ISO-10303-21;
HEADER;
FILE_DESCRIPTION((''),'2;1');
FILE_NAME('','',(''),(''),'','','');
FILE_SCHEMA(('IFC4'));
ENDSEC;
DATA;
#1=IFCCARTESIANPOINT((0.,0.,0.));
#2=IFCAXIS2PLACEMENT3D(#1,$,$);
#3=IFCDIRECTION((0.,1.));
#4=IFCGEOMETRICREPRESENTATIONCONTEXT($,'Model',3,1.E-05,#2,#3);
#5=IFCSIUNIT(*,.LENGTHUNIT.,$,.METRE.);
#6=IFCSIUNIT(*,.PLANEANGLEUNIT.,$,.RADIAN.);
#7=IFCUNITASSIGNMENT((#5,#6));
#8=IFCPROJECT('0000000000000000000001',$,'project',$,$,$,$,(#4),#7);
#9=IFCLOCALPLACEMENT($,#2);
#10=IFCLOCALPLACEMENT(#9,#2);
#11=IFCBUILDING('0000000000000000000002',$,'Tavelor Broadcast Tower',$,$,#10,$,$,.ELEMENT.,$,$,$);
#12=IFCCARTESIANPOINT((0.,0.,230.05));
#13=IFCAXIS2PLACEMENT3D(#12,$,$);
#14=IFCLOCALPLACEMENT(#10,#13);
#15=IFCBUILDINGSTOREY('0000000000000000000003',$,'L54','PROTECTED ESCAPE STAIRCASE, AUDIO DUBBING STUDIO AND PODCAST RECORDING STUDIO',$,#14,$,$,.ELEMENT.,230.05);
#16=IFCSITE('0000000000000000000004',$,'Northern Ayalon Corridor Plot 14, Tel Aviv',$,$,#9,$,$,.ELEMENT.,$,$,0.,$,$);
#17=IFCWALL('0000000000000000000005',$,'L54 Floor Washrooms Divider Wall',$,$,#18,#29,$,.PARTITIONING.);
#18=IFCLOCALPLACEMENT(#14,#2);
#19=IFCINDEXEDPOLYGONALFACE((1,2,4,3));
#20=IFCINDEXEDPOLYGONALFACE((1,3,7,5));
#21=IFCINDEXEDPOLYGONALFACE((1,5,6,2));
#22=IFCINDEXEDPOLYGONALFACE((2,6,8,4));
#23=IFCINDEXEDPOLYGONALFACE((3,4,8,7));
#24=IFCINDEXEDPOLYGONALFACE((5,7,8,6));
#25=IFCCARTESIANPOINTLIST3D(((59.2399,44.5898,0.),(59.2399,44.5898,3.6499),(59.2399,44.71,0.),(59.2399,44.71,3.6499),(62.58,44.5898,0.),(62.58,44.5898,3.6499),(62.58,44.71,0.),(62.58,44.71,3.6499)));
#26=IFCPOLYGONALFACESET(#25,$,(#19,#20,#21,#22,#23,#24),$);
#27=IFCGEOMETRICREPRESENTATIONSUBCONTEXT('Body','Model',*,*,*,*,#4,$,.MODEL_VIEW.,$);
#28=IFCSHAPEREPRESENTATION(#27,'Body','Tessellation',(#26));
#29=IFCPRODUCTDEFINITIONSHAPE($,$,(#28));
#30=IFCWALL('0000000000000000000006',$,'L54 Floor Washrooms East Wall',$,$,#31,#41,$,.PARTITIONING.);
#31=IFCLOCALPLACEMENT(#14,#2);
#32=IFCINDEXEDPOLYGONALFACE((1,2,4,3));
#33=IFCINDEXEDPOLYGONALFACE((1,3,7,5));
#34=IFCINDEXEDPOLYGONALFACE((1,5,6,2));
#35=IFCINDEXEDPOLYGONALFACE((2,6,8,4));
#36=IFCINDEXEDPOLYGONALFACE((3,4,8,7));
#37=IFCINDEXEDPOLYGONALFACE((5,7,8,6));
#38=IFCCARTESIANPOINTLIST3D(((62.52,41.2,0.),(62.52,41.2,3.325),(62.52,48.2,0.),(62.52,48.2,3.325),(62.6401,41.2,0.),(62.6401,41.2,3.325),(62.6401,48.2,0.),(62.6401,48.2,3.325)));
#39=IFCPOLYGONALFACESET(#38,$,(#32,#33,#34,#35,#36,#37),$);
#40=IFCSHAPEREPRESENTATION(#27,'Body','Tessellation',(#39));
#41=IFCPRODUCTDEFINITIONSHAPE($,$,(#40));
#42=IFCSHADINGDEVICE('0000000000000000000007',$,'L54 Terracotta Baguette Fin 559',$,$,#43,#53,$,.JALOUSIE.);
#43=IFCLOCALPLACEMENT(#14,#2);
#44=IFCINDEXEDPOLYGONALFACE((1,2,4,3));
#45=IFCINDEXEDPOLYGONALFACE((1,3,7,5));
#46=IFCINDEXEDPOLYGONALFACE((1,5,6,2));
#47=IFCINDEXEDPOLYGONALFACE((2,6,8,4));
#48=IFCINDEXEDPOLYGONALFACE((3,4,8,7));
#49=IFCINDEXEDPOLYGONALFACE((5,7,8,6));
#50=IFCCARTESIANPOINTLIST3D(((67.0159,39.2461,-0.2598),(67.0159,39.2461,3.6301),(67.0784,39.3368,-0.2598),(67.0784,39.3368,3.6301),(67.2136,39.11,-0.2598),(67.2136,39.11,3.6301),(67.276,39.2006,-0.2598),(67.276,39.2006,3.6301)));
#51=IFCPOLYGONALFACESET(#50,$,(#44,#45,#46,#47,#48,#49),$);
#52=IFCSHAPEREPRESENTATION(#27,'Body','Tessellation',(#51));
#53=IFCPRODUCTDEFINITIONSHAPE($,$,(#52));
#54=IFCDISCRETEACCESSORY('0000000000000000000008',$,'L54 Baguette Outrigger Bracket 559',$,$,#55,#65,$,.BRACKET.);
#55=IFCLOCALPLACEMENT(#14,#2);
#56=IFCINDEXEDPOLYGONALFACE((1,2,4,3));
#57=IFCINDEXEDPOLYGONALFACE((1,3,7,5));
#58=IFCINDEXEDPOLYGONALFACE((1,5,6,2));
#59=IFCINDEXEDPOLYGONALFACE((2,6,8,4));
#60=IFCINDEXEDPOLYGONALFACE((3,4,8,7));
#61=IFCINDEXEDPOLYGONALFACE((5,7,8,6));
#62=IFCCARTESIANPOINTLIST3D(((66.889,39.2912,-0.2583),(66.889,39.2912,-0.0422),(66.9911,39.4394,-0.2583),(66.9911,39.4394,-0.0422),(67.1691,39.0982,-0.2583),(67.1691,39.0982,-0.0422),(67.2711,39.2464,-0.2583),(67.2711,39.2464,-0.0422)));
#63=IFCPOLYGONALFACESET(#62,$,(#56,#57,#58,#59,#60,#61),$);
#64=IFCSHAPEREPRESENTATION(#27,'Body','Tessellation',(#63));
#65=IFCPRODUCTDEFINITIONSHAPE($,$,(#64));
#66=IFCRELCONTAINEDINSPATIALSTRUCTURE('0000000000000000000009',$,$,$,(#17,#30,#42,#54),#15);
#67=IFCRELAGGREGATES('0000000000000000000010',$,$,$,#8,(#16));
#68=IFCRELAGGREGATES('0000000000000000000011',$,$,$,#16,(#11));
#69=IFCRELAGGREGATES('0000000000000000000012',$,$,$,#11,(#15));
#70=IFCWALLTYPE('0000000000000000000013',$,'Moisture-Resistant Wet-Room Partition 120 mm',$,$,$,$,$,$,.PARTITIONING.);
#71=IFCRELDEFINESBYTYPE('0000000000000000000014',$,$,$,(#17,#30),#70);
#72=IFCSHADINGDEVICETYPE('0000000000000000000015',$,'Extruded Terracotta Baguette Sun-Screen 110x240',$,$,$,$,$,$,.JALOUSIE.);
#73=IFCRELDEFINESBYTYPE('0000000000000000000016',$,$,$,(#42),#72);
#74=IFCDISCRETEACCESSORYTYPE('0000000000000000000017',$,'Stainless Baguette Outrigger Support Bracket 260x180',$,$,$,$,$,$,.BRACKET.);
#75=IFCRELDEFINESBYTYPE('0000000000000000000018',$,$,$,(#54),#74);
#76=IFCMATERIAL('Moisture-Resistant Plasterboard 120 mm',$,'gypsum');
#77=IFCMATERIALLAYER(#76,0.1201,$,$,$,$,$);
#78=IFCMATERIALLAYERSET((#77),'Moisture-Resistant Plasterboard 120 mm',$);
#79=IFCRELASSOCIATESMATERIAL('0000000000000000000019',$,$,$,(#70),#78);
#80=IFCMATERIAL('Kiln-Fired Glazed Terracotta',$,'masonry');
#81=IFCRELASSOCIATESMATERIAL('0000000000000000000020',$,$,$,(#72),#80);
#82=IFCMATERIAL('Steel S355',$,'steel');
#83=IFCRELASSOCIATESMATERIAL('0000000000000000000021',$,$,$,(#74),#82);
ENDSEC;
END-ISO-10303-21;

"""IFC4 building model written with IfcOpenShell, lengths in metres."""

from ifc_helpers import new_model, si_unit, direction, frame, frame_2d, origin, origin_2d, place, context, subcontext, project, spatial, rectangle, extrude, source, transform, mapped, material, layer, layer_set, type_object, type_shapes, element, save


model = new_model("IFC4")

# Units and contexts
model_context = context("Model", 3, precision=1e-05, world=origin(), true_north=direction((0.0, 1.0)))
body_context = subcontext(model_context, "Body", "Model", "MODEL_VIEW")
ifc_project = project(units=[si_unit("LENGTHUNIT", "METRE"), si_unit("PLANEANGLEUNIT", "RADIAN")], contexts=[model_context])

# Site, building, storey
site_placement = place(None, origin())
site = spatial("IfcSite", under=ifc_project, at=site_placement, Name="Northern Ayalon Corridor Plot 14, Tel Aviv", CompositionType="ELEMENT", RefElevation=0.0)
building_placement = place(site_placement, origin())
building = spatial("IfcBuilding", under=site, at=building_placement, Name="Tavelor Broadcast Tower", CompositionType="ELEMENT")
storey_placement = place(building_placement, frame((0.0, 0.0, 230.05)))
storey = spatial("IfcBuildingStorey", under=building, at=storey_placement, Name="L54", Description="PROTECTED ESCAPE STAIRCASE, AUDIO DUBBING STUDIO AND PODCAST RECORDING STUDIO", CompositionType="ELEMENT", Elevation=230.05)

# Shared definitions
ifc_material_1 = material(Name="Steel S355", Category="steel")

# Shared definitions
ifc_material_2 = material(Name="Moisture-Resistant Plasterboard 120 mm", Category="gypsum")
ifc_layer_1 = layer(ifc_material_2, 0.1201)
ifc_layer_set_1 = layer_set([ifc_layer_1], Name="Moisture-Resistant Plasterboard 120 mm")
wall_type_1 = type_object("IfcWallType", Name="Moisture-Resistant Wet-Room Partition 120 mm", PredefinedType="PARTITIONING", material=ifc_layer_set_1)

# Walls
wall_1_placement = place(storey_placement, frame((59.24, 44.6499, 0.0), z_axis=(0.0, 0.0, 1.0), x_axis=(1.0, 0.0, 0.0)))
element("IfcWall", 1, at=wall_1_placement, inside=storey, type_object=wall_type_1, Name="L54 Floor Washrooms Divider Wall", PredefinedType="PARTITIONING", context=body_context, shape_type="SweptSolid", body=[
    extrude(rectangle(XDim=3.3401, YDim=0.1201, at=frame_2d((1.6699, 0.0))), origin(), (0.0, 0.0, 1.0), 3.6499),
])
wall_2_placement = place(storey_placement, frame((62.5801, 41.2, 0.0), z_axis=(0.0, 0.0, 1.0), x_axis=(0.0, 1.0, 0.0)))
element("IfcWall", 2, at=wall_2_placement, inside=storey, type_object=wall_type_1, Name="L54 Floor Washrooms East Wall", PredefinedType="PARTITIONING", context=body_context, shape_type="SweptSolid", body=[
    extrude(rectangle(XDim=7.0, YDim=0.1201, at=frame_2d((3.5, 0.0))), origin(), (0.0, 0.0, 1.0), 3.325),
])

# Shading device
ifc_material_3 = material(Name="Kiln-Fired Glazed Terracotta", Category="masonry")
shading_device_type = type_object("IfcShadingDeviceType", Name="Extruded Terracotta Baguette Sun-Screen 110x240", PredefinedType="JALOUSIE", material=ifc_material_3)
shared_shape_1 = source(origin(), body_context, "Body", "SweptSolid", [
    extrude(rectangle(XDim=0.1101, YDim=0.24, at=origin_2d()), origin(), (0.0, 0.0, 1.0), 3.8899),
])
type_shapes(shading_device_type, [shared_shape_1])
shading_device_placement = place(storey_placement, frame((67.146, 39.2234, -0.2598), z_axis=(0.0, 0.0, 1.0), x_axis=(0.567413, 0.823434, 0.0)))
element("IfcShadingDevice", 3, at=shading_device_placement, inside=storey, type_object=shading_device_type, Name="L54 Terracotta Baguette Fin 559", PredefinedType="JALOUSIE", context=body_context, shape_type="MappedRepresentation", body=[
    mapped(shared_shape_1, transform((0.0, 0.0, 0.0), scale=1.0)),
])

# Discrete accessory
discrete_accessory_type = type_object("IfcDiscreteAccessoryType", Name="Stainless Baguette Outrigger Support Bracket 260x180", PredefinedType="BRACKET", material=ifc_material_1)
shared_shape_2 = source(origin(), body_context, "Body", "SweptSolid", [
    extrude(rectangle(XDim=0.1799, YDim=0.3401, at=origin_2d()), origin(), (0.0, 0.0, 1.0), 0.2161),
])
type_shapes(discrete_accessory_type, [shared_shape_2])
discrete_accessory_placement = place(storey_placement, frame((67.0801, 39.2688, -0.2583), z_axis=(0.0, 0.0, 1.0), x_axis=(0.567413, 0.823434, 0.0)))
element("IfcDiscreteAccessory", 4, at=discrete_accessory_placement, inside=storey, type_object=discrete_accessory_type, Name="L54 Baguette Outrigger Bracket 559", PredefinedType="BRACKET", context=body_context, shape_type="MappedRepresentation", body=[
    mapped(shared_shape_2, transform((0.0, 0.0, 0.0), scale=1.0)),
])

save(model, "model.ifc")
